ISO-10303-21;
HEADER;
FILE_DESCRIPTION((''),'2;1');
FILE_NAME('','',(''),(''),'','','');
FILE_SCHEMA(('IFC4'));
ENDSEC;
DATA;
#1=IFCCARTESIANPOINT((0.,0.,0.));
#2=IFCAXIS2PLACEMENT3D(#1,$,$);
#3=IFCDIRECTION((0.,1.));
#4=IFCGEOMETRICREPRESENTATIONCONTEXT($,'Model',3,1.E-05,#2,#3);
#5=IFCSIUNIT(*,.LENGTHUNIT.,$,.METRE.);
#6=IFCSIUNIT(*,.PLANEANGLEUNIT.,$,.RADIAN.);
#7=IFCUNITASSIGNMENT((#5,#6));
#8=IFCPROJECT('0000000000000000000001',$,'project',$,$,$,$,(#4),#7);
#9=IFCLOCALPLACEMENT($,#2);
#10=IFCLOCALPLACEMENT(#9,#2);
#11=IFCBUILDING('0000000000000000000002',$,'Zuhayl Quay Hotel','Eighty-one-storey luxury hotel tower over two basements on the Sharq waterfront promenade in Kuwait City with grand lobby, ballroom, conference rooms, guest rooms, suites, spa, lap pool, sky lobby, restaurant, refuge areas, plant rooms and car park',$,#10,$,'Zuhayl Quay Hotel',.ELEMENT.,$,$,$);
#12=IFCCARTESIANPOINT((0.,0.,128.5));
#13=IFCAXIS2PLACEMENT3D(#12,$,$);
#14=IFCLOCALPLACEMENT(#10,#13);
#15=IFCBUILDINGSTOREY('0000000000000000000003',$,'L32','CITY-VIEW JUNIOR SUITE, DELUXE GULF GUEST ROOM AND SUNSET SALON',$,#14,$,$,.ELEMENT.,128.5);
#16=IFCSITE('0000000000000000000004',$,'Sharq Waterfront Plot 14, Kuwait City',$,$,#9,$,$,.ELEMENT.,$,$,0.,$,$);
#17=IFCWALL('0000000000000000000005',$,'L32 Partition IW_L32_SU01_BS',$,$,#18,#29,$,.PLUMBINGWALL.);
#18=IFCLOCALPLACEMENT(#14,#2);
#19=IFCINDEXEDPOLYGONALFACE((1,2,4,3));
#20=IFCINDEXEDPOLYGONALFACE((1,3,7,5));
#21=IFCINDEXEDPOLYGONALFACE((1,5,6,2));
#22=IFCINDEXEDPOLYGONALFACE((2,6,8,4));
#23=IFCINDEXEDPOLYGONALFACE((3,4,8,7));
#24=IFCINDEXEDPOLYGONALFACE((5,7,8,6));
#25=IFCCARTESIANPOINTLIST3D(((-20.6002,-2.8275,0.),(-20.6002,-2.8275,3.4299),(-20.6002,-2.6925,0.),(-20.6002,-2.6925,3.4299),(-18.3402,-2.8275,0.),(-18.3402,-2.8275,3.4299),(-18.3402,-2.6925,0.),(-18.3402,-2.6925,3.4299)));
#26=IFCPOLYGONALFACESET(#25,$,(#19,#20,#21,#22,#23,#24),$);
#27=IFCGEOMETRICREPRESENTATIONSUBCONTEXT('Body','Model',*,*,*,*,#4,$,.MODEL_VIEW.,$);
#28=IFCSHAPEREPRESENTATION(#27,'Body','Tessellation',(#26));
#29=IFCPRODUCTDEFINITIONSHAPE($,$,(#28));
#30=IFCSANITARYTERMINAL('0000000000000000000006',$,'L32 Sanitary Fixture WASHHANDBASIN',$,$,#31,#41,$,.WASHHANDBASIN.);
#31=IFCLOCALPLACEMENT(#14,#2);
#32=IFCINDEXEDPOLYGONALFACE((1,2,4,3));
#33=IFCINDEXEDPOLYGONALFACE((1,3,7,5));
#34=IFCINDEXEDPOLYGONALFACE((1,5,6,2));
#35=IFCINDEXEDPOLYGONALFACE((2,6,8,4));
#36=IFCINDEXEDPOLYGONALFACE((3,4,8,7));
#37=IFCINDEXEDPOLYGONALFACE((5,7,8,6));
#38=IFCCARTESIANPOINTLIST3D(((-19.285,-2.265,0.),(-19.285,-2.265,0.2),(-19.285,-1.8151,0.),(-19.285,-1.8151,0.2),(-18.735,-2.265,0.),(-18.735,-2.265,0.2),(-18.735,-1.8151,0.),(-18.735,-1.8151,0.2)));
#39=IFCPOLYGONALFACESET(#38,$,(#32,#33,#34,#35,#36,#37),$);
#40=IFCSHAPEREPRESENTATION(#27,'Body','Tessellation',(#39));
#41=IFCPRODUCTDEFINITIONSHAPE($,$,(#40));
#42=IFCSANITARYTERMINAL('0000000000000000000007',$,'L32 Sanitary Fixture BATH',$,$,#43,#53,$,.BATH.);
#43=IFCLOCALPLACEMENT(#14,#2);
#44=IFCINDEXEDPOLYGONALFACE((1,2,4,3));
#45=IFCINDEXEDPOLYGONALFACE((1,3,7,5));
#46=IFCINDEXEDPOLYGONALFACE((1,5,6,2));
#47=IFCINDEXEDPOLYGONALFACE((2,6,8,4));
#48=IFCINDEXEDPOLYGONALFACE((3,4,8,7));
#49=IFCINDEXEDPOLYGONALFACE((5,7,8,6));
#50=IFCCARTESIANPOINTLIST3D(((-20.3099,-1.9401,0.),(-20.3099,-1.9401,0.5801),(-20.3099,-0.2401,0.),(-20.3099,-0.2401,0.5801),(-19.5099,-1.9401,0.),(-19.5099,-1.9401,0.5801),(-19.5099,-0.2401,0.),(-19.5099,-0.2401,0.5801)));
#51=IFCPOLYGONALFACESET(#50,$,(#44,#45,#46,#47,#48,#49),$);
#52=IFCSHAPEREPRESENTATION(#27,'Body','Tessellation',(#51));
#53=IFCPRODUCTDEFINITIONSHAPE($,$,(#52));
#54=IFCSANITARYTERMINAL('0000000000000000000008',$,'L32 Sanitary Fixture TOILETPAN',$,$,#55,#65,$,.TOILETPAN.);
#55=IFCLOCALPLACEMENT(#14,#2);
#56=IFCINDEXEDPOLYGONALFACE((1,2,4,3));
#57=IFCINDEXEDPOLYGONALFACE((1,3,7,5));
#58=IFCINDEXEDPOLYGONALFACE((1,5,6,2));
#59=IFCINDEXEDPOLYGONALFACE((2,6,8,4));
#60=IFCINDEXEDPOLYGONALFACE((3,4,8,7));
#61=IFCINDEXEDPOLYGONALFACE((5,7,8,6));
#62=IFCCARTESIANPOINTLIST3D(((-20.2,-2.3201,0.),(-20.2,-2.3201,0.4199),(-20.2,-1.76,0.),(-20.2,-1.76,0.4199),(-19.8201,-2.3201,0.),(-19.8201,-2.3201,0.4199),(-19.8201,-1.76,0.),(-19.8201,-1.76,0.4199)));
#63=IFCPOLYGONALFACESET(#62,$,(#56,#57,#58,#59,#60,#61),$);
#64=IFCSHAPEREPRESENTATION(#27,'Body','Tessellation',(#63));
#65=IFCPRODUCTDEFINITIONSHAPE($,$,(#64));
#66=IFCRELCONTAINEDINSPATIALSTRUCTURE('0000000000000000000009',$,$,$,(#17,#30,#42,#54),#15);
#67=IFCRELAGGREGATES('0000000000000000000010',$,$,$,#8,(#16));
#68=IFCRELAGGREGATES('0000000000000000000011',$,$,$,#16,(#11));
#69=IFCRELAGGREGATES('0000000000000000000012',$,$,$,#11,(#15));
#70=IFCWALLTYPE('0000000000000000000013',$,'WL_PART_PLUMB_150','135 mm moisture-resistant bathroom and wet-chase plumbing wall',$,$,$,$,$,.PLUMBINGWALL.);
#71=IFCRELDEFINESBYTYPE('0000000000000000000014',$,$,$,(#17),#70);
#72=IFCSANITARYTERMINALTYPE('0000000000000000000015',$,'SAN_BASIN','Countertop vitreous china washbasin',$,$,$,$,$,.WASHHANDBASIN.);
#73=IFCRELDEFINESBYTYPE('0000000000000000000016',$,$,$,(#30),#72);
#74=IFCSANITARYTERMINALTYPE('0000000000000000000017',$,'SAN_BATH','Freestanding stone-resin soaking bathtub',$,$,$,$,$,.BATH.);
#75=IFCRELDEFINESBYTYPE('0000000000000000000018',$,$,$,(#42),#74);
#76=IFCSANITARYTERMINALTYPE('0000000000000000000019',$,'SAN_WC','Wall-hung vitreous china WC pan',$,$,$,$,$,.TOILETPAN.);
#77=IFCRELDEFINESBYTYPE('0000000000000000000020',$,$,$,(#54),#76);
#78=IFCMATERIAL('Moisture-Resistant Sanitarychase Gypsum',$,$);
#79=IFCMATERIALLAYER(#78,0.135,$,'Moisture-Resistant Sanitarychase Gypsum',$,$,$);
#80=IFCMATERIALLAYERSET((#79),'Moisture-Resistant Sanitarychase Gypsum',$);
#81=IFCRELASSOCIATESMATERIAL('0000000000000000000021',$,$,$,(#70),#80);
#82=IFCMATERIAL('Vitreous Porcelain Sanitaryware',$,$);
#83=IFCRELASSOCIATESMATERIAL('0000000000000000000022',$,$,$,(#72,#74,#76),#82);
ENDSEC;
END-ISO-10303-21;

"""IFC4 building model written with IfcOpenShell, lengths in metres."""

from ifc_helpers import new_model, si_unit, direction, frame, frame_2d, origin, origin_2d, place, context, subcontext, project, spatial, rectangle, extrude, material, layer, layer_set, type_object, element, save


model = new_model("IFC4")

# Units and contexts
model_context = context("Model", 3, precision=1e-05, world=origin(), true_north=direction((0.0, 1.0)))
body_context = subcontext(model_context, "Body", "Model", "MODEL_VIEW")
ifc_project = project(units=[si_unit("LENGTHUNIT", "METRE"), si_unit("PLANEANGLEUNIT", "RADIAN")], contexts=[model_context])

# Site, building, storey
site_placement = place(None, origin())
site = spatial("IfcSite", under=ifc_project, at=site_placement, Name="Sharq Waterfront Plot 14, Kuwait City", CompositionType="ELEMENT", RefElevation=0.0)
building_placement = place(site_placement, origin())
building = spatial("IfcBuilding", under=site, at=building_placement, Name="Zuhayl Quay Hotel", Description="Eighty-one-storey luxury hotel tower over two basements on the Sharq waterfront promenade in Kuwait City with grand lobby, ballroom, conference rooms, guest rooms, suites, spa, lap pool, sky lobby, restaurant, refuge areas, plant rooms and car park", LongName="Zuhayl Quay Hotel", CompositionType="ELEMENT")
storey_placement = place(building_placement, frame((0.0, 0.0, 128.5)))
storey = spatial("IfcBuildingStorey", under=building, at=storey_placement, Name="L32", Description="CITY-VIEW JUNIOR SUITE, DELUXE GULF GUEST ROOM AND SUNSET SALON", CompositionType="ELEMENT", Elevation=128.5)

# Shared definitions
ifc_material_1 = material(Name="Moisture-Resistant Sanitarychase Gypsum")
ifc_layer_1 = layer(ifc_material_1, 0.135, Name="Moisture-Resistant Sanitarychase Gypsum")
ifc_layer_set_1 = layer_set([ifc_layer_1], Name="Moisture-Resistant Sanitarychase Gypsum")
wall_type_1 = type_object("IfcWallType", Name="WL_PART_PLUMB_150", Description="135 mm moisture-resistant bathroom and wet-chase plumbing wall", PredefinedType="PLUMBINGWALL", material=ifc_layer_set_1)

# Wall
wall_1_placement = place(storey_placement, frame((-20.6001, -2.76, 0.0), z_axis=(0.0, 0.0, 1.0), x_axis=(1.0, 0.0, 0.0)))
element("IfcWall", 1, at=wall_1_placement, inside=storey, type_object=wall_type_1, Name="L32 Partition IW_L32_SU01_BS", PredefinedType="PLUMBINGWALL", context=body_context, shape_type="SweptSolid", body=[
    extrude(rectangle(XDim=2.26, YDim=0.135, at=frame_2d((1.1299, 0.0))), origin(), (0.0, 0.0, 1.0), 3.4299),
])

# Sanitary terminals
ifc_material_2 = material(Name="Vitreous Porcelain Sanitaryware")
sanitary_terminal_type_1 = type_object("IfcSanitaryTerminalType", Name="SAN_BASIN", Description="Countertop vitreous china washbasin", PredefinedType="WASHHANDBASIN", material=ifc_material_2)
sanitary_terminal_1_placement = place(storey_placement, frame((-19.01, -2.04, 0.0), z_axis=(0.0, 0.0, 1.0), x_axis=(1.0, 0.0, 0.0)))
element("IfcSanitaryTerminal", 2, at=sanitary_terminal_1_placement, inside=storey, type_object=sanitary_terminal_type_1, Name="L32 Sanitary Fixture WASHHANDBASIN", PredefinedType="WASHHANDBASIN", context=body_context, shape_type="SweptSolid", body=[
    extrude(rectangle(XDim=0.55, YDim=0.45, at=origin_2d()), origin(), (0.0, 0.0, 1.0), 0.2),
])
sanitary_terminal_type_2 = type_object("IfcSanitaryTerminalType", Name="SAN_BATH", Description="Freestanding stone-resin soaking bathtub", PredefinedType="BATH", material=ifc_material_2)
sanitary_terminal_2_placement = place(storey_placement, frame((-19.9099, -1.0901, 0.0), z_axis=(0.0, 0.0, 1.0), x_axis=(1.0, 0.0, 0.0)))
element("IfcSanitaryTerminal", 3, at=sanitary_terminal_2_placement, inside=storey, type_object=sanitary_terminal_type_2, Name="L32 Sanitary Fixture BATH", PredefinedType="BATH", context=body_context, shape_type="SweptSolid", body=[
    extrude(rectangle(XDim=0.8, YDim=1.7, at=origin_2d()), origin(), (0.0, 0.0, 1.0), 0.5801),
])
sanitary_terminal_type_3 = type_object("IfcSanitaryTerminalType", Name="SAN_WC", Description="Wall-hung vitreous china WC pan", PredefinedType="TOILETPAN", material=ifc_material_2)
sanitary_terminal_3_placement = place(storey_placement, frame((-20.01, -2.04, 0.0), z_axis=(0.0, 0.0, 1.0), x_axis=(1.0, 0.0, 0.0)))
element("IfcSanitaryTerminal", 4, at=sanitary_terminal_3_placement, inside=storey, type_object=sanitary_terminal_type_3, Name="L32 Sanitary Fixture TOILETPAN", PredefinedType="TOILETPAN", context=body_context, shape_type="SweptSolid", body=[
    extrude(rectangle(XDim=0.3799, YDim=0.5601, at=origin_2d()), origin(), (0.0, 0.0, 1.0), 0.4199),
])

save(model, "model.ifc")
